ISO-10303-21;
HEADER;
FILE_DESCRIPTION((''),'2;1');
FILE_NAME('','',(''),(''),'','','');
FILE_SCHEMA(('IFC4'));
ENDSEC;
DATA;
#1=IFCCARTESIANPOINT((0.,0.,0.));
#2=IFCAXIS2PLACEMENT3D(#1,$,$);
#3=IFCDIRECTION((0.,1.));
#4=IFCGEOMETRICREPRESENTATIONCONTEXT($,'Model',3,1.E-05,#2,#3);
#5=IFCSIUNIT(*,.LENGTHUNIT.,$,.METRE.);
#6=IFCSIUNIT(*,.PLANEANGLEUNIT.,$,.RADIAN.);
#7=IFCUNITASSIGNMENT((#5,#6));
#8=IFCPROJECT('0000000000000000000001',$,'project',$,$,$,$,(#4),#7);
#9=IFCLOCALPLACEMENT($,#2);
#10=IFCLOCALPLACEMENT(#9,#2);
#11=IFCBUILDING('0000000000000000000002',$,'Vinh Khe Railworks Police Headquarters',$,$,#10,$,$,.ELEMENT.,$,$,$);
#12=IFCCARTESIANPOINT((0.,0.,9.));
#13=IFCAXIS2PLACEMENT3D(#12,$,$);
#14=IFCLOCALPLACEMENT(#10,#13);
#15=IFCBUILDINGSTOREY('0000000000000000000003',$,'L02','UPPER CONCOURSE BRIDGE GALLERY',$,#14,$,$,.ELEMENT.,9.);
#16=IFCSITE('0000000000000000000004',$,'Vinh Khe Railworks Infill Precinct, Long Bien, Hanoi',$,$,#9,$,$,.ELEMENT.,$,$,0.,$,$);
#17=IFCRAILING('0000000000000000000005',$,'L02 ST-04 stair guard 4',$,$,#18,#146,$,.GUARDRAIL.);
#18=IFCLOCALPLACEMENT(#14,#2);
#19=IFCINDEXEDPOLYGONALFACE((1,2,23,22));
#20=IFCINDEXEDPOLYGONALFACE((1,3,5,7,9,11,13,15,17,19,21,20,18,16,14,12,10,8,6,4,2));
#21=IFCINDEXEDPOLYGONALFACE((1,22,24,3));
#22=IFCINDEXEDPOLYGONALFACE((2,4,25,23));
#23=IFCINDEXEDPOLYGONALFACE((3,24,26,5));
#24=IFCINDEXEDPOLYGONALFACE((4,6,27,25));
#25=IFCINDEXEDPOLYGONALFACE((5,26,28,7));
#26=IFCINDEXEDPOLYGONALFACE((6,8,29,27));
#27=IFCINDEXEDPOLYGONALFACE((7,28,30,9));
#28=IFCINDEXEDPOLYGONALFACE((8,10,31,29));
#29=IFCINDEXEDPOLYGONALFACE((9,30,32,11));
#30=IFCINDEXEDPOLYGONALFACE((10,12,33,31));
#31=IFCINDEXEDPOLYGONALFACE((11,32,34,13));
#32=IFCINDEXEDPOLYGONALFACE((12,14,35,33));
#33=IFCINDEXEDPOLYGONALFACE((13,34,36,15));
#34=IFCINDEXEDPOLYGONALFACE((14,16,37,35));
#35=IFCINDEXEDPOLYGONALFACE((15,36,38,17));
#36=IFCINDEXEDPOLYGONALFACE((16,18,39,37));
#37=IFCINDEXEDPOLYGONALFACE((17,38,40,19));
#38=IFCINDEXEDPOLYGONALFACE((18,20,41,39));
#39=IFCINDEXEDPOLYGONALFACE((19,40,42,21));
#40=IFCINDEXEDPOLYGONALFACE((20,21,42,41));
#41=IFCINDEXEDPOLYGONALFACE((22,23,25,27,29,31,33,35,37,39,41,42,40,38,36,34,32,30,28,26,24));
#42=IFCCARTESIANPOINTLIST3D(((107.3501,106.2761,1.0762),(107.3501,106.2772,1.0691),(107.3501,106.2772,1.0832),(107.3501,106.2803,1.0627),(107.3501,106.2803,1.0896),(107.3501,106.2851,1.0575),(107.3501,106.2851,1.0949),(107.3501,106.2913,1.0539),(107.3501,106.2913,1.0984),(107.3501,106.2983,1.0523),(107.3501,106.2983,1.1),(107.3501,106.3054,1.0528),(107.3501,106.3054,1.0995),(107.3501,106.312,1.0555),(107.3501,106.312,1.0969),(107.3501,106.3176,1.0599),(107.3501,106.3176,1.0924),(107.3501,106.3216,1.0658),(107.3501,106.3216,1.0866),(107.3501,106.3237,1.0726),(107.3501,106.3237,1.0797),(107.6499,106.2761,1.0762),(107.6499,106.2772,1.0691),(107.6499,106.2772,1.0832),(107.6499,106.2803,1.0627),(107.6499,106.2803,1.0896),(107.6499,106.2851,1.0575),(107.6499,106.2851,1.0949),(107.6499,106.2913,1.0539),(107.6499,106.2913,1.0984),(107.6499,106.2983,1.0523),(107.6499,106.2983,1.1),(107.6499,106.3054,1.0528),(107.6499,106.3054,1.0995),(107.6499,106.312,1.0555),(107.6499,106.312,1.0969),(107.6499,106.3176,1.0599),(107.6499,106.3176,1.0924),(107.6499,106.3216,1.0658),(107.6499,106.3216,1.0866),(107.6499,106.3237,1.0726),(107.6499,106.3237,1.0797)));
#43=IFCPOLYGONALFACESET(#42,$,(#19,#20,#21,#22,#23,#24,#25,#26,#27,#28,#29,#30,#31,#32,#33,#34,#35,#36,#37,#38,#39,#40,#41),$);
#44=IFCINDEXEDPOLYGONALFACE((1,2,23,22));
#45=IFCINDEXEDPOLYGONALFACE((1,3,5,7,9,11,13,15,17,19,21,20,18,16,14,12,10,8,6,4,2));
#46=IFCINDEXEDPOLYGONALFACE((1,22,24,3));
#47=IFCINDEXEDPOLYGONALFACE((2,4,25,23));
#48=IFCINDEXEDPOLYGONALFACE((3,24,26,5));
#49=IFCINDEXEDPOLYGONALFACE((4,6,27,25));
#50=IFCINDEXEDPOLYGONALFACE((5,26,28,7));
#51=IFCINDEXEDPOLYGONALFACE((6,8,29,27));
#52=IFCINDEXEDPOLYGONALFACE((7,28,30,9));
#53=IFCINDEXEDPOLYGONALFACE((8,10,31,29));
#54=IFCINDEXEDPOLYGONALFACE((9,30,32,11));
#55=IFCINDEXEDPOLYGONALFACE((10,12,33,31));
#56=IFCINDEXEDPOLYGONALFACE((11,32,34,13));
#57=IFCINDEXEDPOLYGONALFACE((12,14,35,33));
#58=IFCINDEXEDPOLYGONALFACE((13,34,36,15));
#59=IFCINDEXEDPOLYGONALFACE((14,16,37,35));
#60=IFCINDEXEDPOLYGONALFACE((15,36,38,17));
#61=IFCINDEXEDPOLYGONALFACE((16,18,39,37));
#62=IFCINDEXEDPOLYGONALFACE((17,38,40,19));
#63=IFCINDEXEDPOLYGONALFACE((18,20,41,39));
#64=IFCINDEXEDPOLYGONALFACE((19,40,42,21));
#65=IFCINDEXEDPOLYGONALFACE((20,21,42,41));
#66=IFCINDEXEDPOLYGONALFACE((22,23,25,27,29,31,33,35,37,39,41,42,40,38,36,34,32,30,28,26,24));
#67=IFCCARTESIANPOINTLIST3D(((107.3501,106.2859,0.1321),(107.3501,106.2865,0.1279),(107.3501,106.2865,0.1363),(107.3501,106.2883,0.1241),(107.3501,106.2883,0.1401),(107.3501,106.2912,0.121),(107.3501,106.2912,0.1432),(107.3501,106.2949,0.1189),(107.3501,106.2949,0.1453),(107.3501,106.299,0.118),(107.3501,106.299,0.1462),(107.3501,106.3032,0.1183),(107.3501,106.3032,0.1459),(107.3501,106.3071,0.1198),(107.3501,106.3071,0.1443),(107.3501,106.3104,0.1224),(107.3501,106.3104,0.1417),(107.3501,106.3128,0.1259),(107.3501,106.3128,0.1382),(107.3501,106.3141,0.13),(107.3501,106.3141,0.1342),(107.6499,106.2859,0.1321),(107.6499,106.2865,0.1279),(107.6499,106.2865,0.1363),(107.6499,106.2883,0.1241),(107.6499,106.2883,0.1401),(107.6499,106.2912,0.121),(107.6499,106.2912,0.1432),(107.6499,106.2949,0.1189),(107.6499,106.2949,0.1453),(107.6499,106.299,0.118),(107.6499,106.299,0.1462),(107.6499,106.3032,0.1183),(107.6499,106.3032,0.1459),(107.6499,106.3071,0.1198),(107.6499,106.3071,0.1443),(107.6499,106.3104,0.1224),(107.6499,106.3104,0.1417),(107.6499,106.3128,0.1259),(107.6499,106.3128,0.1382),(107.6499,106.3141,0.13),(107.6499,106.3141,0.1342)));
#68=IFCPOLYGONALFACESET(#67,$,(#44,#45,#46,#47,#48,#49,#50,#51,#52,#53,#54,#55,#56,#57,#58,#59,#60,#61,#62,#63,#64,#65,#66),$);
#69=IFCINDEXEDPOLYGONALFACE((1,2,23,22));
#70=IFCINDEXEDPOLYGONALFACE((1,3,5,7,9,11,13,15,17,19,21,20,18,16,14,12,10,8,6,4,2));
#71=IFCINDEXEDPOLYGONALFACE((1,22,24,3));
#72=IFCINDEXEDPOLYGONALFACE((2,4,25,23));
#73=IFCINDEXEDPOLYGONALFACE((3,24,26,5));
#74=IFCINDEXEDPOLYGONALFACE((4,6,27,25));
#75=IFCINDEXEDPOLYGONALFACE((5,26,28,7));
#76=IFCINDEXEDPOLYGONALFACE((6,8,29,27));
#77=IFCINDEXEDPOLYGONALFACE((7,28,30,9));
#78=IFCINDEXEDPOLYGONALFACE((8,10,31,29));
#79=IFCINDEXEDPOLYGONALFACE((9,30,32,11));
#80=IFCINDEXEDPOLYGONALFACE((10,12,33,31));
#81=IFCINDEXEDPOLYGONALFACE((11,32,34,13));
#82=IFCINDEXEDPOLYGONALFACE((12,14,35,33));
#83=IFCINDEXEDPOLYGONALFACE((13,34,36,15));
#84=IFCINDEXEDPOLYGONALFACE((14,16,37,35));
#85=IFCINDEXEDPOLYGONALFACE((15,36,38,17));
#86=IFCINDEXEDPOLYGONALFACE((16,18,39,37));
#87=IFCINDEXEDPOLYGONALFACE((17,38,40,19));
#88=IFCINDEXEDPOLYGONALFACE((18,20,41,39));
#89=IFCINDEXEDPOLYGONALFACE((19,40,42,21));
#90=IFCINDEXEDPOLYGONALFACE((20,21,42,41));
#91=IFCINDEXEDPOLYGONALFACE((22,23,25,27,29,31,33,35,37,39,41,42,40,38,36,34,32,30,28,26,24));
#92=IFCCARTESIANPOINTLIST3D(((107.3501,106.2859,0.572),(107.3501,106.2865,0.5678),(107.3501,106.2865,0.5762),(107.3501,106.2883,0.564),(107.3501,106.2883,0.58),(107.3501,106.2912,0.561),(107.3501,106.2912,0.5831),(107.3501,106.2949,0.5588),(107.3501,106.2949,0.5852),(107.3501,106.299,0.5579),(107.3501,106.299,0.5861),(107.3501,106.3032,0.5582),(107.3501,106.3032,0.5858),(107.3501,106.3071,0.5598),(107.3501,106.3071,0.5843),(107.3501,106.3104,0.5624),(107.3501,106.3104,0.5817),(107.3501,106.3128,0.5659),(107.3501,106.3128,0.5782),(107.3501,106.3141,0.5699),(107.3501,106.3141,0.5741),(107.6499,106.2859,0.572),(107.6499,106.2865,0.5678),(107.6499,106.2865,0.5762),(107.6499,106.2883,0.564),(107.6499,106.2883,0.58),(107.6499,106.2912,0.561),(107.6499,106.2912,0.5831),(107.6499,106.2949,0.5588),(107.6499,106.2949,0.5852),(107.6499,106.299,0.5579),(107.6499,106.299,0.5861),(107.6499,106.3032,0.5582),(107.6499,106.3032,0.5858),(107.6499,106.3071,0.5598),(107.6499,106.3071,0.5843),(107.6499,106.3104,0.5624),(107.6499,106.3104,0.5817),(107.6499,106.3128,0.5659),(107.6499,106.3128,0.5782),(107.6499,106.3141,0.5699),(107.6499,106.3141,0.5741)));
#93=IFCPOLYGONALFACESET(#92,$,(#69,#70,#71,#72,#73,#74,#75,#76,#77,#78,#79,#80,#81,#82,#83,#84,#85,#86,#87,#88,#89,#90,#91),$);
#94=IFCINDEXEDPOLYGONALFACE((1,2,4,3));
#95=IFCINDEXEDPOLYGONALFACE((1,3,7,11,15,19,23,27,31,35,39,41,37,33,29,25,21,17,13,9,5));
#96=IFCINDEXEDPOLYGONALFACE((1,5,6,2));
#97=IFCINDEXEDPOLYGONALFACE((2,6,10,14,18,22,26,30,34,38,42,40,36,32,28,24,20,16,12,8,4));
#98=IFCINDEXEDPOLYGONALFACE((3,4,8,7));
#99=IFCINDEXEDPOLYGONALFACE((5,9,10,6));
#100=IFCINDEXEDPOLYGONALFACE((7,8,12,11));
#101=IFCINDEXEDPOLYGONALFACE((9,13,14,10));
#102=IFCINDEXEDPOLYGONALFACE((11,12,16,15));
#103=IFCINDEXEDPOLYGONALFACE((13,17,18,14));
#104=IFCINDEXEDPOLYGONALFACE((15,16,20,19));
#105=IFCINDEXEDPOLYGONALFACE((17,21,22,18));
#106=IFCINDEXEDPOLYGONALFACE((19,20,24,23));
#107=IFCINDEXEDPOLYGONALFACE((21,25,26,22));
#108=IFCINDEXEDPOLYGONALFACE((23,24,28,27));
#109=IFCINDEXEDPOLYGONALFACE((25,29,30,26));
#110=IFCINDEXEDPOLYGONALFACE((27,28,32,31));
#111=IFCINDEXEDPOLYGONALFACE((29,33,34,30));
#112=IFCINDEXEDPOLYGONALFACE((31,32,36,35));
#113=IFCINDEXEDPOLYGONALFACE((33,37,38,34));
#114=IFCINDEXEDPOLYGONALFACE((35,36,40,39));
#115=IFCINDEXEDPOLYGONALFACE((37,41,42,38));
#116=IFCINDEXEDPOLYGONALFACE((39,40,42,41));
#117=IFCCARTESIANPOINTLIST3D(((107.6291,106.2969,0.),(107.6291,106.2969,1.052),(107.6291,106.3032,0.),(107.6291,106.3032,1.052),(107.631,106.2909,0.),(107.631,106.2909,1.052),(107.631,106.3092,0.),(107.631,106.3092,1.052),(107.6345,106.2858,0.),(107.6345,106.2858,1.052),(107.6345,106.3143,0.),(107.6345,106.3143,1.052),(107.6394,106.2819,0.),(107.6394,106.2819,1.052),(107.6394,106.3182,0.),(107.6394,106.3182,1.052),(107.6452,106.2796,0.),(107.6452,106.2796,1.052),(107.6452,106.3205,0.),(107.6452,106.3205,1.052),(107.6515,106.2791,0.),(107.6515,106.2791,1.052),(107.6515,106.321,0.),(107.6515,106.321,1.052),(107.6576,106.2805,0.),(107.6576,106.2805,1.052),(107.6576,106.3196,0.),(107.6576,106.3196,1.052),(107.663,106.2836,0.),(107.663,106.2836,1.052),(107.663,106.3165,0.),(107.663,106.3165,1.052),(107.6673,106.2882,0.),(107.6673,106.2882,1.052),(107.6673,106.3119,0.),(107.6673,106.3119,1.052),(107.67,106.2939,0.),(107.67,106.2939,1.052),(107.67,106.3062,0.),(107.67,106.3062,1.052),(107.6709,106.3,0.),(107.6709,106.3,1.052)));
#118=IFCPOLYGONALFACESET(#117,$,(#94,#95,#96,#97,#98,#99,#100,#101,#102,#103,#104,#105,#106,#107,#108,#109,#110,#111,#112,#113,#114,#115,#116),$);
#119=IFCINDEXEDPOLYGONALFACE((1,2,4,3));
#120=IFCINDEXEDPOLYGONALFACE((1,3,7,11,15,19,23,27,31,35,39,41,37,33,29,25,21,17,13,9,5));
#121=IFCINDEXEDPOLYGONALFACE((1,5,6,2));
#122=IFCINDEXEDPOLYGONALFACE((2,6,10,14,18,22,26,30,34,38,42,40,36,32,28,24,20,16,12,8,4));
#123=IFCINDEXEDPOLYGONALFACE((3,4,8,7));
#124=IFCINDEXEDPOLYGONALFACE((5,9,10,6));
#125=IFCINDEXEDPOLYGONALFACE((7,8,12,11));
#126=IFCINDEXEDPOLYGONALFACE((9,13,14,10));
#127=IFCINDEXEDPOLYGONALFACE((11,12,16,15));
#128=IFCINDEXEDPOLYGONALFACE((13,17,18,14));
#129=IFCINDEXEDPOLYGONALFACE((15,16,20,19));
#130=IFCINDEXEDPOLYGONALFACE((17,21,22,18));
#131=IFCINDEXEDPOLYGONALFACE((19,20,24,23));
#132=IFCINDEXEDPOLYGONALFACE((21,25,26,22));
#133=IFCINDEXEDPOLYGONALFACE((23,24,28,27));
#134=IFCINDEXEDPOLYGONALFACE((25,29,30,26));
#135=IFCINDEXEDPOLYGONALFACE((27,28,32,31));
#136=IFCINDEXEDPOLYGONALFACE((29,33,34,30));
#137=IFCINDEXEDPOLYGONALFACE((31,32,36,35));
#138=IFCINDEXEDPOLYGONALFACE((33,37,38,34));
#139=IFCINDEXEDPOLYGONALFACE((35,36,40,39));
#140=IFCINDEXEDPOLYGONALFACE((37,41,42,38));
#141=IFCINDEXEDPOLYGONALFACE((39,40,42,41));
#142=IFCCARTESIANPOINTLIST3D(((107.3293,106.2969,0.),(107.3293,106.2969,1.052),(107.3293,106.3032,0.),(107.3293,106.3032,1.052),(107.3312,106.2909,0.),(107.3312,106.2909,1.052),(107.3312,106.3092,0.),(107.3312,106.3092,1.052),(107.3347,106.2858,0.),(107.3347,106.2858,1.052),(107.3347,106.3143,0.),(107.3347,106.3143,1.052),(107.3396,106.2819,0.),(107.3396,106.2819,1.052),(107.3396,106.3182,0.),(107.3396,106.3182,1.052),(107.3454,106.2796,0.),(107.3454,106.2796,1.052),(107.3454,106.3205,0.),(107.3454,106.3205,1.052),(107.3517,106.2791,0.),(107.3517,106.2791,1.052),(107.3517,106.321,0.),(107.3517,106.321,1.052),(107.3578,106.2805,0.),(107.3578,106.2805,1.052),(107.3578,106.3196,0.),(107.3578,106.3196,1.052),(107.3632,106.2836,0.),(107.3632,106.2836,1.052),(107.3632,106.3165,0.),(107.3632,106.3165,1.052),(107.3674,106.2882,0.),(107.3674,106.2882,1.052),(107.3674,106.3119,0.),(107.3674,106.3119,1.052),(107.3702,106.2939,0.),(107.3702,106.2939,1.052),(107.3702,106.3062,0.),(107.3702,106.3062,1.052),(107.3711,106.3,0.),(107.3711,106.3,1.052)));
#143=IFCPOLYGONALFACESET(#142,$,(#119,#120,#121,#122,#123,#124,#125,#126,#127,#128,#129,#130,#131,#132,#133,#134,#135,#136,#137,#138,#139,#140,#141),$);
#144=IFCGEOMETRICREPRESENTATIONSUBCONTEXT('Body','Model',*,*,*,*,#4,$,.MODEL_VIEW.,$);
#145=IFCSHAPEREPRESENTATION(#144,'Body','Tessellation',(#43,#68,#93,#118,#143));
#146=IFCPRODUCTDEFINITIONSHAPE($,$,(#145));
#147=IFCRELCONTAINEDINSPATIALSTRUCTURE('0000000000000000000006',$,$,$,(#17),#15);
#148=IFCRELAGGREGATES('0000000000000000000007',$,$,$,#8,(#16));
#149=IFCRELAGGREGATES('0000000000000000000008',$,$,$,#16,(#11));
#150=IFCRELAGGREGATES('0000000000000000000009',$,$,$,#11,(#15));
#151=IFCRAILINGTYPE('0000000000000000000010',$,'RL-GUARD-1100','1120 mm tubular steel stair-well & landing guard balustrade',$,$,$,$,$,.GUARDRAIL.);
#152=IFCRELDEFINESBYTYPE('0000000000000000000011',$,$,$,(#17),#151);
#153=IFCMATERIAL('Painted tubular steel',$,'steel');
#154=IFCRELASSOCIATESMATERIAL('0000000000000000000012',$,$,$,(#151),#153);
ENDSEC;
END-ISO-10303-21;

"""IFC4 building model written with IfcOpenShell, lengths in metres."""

from ifc_helpers import new_model, si_unit, direction, frame, origin, origin_2d, place, context, subcontext, project, spatial, circle, extrude, material, type_object, element, save


model = new_model("IFC4")

# Units and contexts
model_context = context("Model", 3, precision=1e-05, world=origin(), true_north=direction((0.0, 1.0)))
body_context = subcontext(model_context, "Body", "Model", "MODEL_VIEW")
ifc_project = project(units=[si_unit("LENGTHUNIT", "METRE"), si_unit("PLANEANGLEUNIT", "RADIAN")], contexts=[model_context])

# Site, building, storey
site_placement = place(None, origin())
site = spatial("IfcSite", under=ifc_project, at=site_placement, Name="Vinh Khe Railworks Infill Precinct, Long Bien, Hanoi", CompositionType="ELEMENT", RefElevation=0.0)
building_placement = place(site_placement, origin())
building = spatial("IfcBuilding", under=site, at=building_placement, Name="Vinh Khe Railworks Police Headquarters", CompositionType="ELEMENT")
storey_placement = place(building_placement, frame((0.0, 0.0, 9.0)))
storey = spatial("IfcBuildingStorey", under=building, at=storey_placement, Name="L02", Description="UPPER CONCOURSE BRIDGE GALLERY", CompositionType="ELEMENT", Elevation=9.0)

# Railing
ifc_material_1 = material(Name="Painted tubular steel", Category="steel")
railing_type_1 = type_object("IfcRailingType", Name="RL-GUARD-1100", Description="1120 mm tubular steel stair-well & landing guard balustrade", PredefinedType="GUARDRAIL", material=ifc_material_1)
railing_1_placement = place(storey_placement, frame((107.6499, 106.3, 0.0)))
element("IfcRailing", 1, at=railing_1_placement, inside=storey, type_object=railing_type_1, Name="L02 ST-04 stair guard 4", PredefinedType="GUARDRAIL", context=body_context, shape_type="SweptSolid", body=[
    extrude(circle(Radius=0.0239, at=origin_2d()), frame((0.0, 0.0, 1.0762), z_axis=(-1.0, 0.0, 0.0), x_axis=(0.0, -1.0, 0.0)), (0.0, 0.0, 1.0), 0.2998),
    extrude(circle(Radius=0.0142, at=origin_2d()), frame((0.0, 0.0, 0.1321), z_axis=(-1.0, 0.0, 0.0), x_axis=(0.0, -1.0, 0.0)), (0.0, 0.0, 1.0), 0.2998),
    extrude(circle(Radius=0.0142, at=origin_2d()), frame((0.0, 0.0, 0.572), z_axis=(-1.0, 0.0, 0.0), x_axis=(0.0, -1.0, 0.0)), (0.0, 0.0, 1.0), 0.2998),
    extrude(circle(Radius=0.021, at=origin_2d()), origin(), (0.0, 0.0, 1.0), 1.052),
    extrude(circle(Radius=0.021, at=origin_2d()), frame((-0.2998, 0.0, 0.0)), (0.0, 0.0, 1.0), 1.052),
])

save(model, "model.ifc")
